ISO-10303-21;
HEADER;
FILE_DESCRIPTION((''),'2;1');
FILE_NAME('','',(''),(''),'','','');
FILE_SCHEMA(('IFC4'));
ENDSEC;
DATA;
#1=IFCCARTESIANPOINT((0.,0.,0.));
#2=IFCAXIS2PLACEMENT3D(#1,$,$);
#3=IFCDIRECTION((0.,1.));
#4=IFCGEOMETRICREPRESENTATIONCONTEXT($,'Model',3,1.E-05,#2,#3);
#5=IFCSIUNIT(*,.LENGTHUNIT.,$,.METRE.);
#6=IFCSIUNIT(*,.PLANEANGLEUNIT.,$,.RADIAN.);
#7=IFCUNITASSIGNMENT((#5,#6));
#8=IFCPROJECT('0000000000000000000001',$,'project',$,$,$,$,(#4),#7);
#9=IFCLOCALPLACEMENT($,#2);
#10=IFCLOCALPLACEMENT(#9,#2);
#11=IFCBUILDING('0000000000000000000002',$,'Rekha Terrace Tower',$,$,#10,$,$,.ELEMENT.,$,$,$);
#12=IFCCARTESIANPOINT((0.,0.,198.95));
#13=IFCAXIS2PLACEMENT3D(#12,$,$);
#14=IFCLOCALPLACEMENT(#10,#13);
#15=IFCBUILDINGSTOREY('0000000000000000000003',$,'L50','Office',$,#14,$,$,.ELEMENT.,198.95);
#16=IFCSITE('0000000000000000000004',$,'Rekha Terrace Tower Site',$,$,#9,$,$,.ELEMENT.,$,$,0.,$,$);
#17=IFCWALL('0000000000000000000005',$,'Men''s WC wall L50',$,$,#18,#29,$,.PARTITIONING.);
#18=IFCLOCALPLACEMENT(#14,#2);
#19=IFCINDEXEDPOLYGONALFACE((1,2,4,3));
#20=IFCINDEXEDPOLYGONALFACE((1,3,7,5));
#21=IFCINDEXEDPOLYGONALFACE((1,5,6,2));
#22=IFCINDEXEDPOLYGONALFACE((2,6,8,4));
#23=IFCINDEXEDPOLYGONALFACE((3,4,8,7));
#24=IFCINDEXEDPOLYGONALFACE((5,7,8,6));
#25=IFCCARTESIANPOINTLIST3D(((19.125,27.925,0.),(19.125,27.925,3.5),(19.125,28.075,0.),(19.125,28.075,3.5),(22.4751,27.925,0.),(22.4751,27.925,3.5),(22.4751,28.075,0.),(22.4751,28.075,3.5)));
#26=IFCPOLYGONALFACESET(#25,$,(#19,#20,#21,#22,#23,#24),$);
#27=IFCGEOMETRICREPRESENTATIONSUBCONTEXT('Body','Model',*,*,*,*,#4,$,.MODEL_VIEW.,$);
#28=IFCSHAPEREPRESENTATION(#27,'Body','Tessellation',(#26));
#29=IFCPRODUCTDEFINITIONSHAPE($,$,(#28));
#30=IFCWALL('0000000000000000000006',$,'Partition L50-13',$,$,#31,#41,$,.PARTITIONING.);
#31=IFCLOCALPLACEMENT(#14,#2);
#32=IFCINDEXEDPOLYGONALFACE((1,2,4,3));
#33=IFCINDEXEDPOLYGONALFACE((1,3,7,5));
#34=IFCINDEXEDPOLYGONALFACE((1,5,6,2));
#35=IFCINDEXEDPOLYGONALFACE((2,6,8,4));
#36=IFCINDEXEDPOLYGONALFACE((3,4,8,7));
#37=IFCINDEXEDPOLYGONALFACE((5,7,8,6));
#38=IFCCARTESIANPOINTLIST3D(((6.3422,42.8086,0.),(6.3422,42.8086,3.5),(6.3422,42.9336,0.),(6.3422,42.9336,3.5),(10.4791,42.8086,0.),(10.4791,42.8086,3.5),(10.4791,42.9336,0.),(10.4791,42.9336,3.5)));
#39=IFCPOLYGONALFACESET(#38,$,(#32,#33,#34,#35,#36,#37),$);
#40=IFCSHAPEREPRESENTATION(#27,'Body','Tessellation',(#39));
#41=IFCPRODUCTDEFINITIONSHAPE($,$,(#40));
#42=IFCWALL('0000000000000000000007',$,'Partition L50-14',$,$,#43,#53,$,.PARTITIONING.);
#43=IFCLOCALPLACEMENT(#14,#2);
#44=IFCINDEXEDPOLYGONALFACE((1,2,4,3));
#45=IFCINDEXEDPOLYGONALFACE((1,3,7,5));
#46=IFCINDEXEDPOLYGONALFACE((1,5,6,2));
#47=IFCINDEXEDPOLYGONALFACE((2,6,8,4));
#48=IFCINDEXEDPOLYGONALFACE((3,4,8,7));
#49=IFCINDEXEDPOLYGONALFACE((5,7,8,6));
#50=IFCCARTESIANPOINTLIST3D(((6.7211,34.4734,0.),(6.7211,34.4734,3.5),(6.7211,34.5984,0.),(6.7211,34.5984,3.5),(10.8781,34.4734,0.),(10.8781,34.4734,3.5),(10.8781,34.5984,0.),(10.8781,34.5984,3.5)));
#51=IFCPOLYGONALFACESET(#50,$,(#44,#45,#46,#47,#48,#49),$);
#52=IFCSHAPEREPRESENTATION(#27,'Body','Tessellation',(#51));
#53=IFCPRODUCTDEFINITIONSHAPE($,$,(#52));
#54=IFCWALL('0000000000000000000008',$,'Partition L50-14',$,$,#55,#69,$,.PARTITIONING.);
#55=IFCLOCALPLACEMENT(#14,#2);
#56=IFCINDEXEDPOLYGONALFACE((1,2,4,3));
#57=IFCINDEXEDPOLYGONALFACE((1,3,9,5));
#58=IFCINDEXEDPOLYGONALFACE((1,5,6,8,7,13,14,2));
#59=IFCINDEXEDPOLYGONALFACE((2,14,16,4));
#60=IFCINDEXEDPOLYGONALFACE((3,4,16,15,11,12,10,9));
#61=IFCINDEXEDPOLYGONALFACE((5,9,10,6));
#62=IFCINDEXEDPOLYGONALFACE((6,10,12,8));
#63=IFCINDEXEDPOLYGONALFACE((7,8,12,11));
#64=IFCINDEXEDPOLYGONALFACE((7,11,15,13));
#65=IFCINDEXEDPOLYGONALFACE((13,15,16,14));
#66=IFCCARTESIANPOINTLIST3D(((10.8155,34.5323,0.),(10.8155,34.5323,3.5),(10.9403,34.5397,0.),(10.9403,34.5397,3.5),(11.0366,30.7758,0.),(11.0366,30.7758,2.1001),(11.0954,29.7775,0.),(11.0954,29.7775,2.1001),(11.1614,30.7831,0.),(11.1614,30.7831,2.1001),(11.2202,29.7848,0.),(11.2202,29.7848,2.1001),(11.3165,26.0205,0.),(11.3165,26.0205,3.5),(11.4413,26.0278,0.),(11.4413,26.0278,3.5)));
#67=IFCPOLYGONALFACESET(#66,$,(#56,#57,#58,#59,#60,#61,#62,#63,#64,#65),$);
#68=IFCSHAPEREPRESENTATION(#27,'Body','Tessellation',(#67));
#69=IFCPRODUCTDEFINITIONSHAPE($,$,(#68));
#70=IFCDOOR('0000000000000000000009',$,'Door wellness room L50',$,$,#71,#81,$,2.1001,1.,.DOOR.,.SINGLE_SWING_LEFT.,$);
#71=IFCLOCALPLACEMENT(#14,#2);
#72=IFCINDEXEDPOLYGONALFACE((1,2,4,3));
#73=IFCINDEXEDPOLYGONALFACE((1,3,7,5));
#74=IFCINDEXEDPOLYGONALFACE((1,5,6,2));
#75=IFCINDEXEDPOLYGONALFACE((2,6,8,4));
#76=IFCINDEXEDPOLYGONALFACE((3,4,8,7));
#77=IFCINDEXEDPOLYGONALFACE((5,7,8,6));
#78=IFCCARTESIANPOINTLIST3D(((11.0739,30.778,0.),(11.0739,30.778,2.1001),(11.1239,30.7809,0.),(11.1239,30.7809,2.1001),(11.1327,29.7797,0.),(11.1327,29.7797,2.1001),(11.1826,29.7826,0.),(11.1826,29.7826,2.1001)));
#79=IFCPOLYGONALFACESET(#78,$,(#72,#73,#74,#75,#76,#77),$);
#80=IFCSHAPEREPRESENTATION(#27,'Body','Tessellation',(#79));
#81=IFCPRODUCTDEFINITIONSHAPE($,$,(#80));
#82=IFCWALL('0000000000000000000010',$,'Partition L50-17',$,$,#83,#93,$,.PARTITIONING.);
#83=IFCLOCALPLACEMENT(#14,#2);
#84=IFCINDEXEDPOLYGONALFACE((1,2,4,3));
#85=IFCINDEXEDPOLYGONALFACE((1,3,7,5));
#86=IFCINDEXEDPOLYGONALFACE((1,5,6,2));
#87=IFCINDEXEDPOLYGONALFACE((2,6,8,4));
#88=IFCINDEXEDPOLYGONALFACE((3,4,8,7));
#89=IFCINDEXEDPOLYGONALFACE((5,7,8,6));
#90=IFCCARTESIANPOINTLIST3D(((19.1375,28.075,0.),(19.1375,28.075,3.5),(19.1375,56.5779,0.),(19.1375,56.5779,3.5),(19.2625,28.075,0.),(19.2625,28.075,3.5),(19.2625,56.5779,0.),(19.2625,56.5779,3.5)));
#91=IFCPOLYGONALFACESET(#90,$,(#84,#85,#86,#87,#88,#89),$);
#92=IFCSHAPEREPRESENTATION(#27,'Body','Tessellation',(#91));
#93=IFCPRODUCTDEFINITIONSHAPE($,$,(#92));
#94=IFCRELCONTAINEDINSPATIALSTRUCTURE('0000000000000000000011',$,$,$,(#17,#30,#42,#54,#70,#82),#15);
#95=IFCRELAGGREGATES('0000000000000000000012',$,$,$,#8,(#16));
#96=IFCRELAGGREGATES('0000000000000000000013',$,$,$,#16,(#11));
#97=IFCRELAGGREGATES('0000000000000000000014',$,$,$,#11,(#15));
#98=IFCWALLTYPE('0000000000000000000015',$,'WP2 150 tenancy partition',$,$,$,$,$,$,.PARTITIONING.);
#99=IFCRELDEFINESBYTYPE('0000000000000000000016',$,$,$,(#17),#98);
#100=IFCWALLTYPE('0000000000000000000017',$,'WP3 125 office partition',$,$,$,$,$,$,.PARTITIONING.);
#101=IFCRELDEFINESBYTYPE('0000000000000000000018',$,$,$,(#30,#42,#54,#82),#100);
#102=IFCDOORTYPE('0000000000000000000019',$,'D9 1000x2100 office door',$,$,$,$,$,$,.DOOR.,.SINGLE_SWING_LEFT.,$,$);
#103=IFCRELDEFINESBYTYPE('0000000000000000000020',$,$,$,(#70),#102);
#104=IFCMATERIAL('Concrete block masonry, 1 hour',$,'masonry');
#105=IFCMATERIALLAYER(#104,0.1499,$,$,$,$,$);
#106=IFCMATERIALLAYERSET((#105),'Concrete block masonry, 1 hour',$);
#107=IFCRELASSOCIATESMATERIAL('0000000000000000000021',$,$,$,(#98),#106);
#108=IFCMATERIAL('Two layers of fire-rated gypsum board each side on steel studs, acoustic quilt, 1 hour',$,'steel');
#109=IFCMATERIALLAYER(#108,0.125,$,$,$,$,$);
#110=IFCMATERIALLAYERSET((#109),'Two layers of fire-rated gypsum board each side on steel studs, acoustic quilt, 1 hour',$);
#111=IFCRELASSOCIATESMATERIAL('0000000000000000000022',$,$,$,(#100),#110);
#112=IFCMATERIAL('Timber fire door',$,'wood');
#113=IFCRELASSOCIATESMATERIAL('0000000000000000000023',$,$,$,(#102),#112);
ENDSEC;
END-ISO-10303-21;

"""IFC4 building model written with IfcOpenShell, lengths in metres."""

from ifc_helpers import new_model, si_unit, direction, frame, frame_2d, origin, place, context, subcontext, project, spatial, rectangle, extrude, material, layer, layer_set, type_object, element, fill, save


model = new_model("IFC4")

# Units and contexts
model_context = context("Model", 3, precision=1e-05, world=origin(), true_north=direction((0.0, 1.0)))
body_context = subcontext(model_context, "Body", "Model", "MODEL_VIEW")
ifc_project = project(units=[si_unit("LENGTHUNIT", "METRE"), si_unit("PLANEANGLEUNIT", "RADIAN")], contexts=[model_context])

# Site, building, storey
site_placement = place(None, origin())
site = spatial("IfcSite", under=ifc_project, at=site_placement, Name="Rekha Terrace Tower Site", CompositionType="ELEMENT", RefElevation=0.0)
building_placement = place(site_placement, origin())
building = spatial("IfcBuilding", under=site, at=building_placement, Name="Rekha Terrace Tower", CompositionType="ELEMENT")
storey_placement = place(building_placement, frame((0.0, 0.0, 198.95)))
storey = spatial("IfcBuildingStorey", under=building, at=storey_placement, Name="L50", Description="Office", CompositionType="ELEMENT", Elevation=198.95)

# Walls
ifc_material_1 = material(Name="Concrete block masonry, 1 hour", Category="masonry")
ifc_layer_1 = layer(ifc_material_1, 0.1499)
ifc_layer_set_1 = layer_set([ifc_layer_1], Name="Concrete block masonry, 1 hour")
wall_type_1 = type_object("IfcWallType", Name="WP2 150 tenancy partition", PredefinedType="PARTITIONING", material=ifc_layer_set_1)
wall_1_placement = place(storey_placement, frame((19.125, 28.0, 0.0), z_axis=(0.0, 0.0, 1.0), x_axis=(1.0, 0.0, 0.0)))
element("IfcWall", 1, at=wall_1_placement, inside=storey, type_object=wall_type_1, Name="Men's WC wall L50", PredefinedType="PARTITIONING", context=body_context, shape_type="SweptSolid", body=[
    extrude(rectangle(XDim=3.3501, YDim=0.1499, at=frame_2d((1.675, 0.0))), origin(), (0.0, 0.0, 1.0), 3.5),
])
ifc_material_2 = material(Name="Two layers of fire-rated gypsum board each side on steel studs, acoustic quilt, 1 hour", Category="steel")
ifc_layer_2 = layer(ifc_material_2, 0.125)
ifc_layer_set_2 = layer_set([ifc_layer_2], Name="Two layers of fire-rated gypsum board each side on steel studs, acoustic quilt, 1 hour")
wall_type_2 = type_object("IfcWallType", Name="WP3 125 office partition", PredefinedType="PARTITIONING", material=ifc_layer_set_2)
wall_2_placement = place(storey_placement, frame((10.479, 42.8711, 0.0), z_axis=(0.0, 0.0, 1.0), x_axis=(-1.0, 0.0, 0.0)))
element("IfcWall", 2, at=wall_2_placement, inside=storey, type_object=wall_type_2, Name="Partition L50-13", PredefinedType="PARTITIONING", context=body_context, shape_type="SweptSolid", body=[
    extrude(rectangle(XDim=4.137, YDim=0.125, at=frame_2d((2.0684, 0.0))), origin(), (0.0, 0.0, 1.0), 3.5),
])
wall_3_placement = place(storey_placement, frame((6.7209, 34.5359, 0.0), z_axis=(0.0, 0.0, 1.0), x_axis=(1.0, 0.0, 0.0)))
element("IfcWall", 3, at=wall_3_placement, inside=storey, type_object=wall_type_2, Name="Partition L50-14", PredefinedType="PARTITIONING", context=body_context, shape_type="SweptSolid", body=[
    extrude(rectangle(XDim=4.157, YDim=0.125, at=frame_2d((2.0786, 0.0))), origin(), (0.0, 0.0, 1.0), 3.5),
])

# Wall, opening, door
wall_4_placement = place(storey_placement, frame((10.8779, 34.5359, 0.0), z_axis=(0.0, 0.0, 1.0), x_axis=(0.058754, -0.998272, 0.0)))
wall_4 = element("IfcWall", 4, at=wall_4_placement, inside=storey, type_object=wall_type_2, Name="Partition L50-14", PredefinedType="PARTITIONING", context=body_context, shape_type="SweptSolid", body=[
    extrude(rectangle(XDim=8.5266, YDim=0.125, at=frame_2d((4.2632, 0.0))), origin(), (0.0, 0.0, 1.0), 3.5),
])
opening_1_placement = place(wall_4_placement, frame((3.7629, 0.0, 0.0)))
opening_1 = element("IfcOpeningElement", 5, at=opening_1_placement, cuts=wall_4, PredefinedType="OPENING", context=body_context, shape_type="SweptSolid", body=[
    extrude(rectangle(XDim=1.0, YDim=2.1001, at=frame_2d((0.5, 1.05))), frame((0.0, 0.0725, 0.0), z_axis=(0.0, -1.0, 0.0), x_axis=(1.0, 0.0, 0.0)), (0.0, 0.0, 1.0), 0.145),
])
ifc_material_3 = material(Name="Timber fire door", Category="wood")
door_type_1 = type_object("IfcDoorType", Name="D9 1000x2100 office door", OperationType="SINGLE_SWING_LEFT", PredefinedType="DOOR", material=ifc_material_3)
door_1_placement = place(opening_1_placement, origin())
door_1 = element("IfcDoor", 6, at=door_1_placement, inside=storey, type_object=door_type_1, Name="Door wellness room L50", OperationType="SINGLE_SWING_LEFT", OverallHeight=2.1001, OverallWidth=1.0, PredefinedType="DOOR", context=body_context, shape_type="SweptSolid", body=[
    extrude(rectangle(XDim=1.0, YDim=2.1001, at=frame_2d((0.5, 1.05))), frame((0.0, 0.0249, 0.0), z_axis=(0.0, -1.0, 0.0), x_axis=(1.0, 0.0, 0.0)), (0.0, 0.0, 1.0), 0.05),
])
fill(opening_1, door_1)

# Wall
wall_5_placement = place(storey_placement, frame((19.2, 28.075, 0.0), z_axis=(0.0, 0.0, 1.0), x_axis=(0.0, 1.0, 0.0)))
element("IfcWall", 7, at=wall_5_placement, inside=storey, type_object=wall_type_2, Name="Partition L50-17", PredefinedType="PARTITIONING", context=body_context, shape_type="SweptSolid", body=[
    extrude(rectangle(XDim=28.5029, YDim=0.125, at=frame_2d((14.2515, 0.0))), origin(), (0.0, 0.0, 1.0), 3.5),
])

save(model, "model.ifc")
